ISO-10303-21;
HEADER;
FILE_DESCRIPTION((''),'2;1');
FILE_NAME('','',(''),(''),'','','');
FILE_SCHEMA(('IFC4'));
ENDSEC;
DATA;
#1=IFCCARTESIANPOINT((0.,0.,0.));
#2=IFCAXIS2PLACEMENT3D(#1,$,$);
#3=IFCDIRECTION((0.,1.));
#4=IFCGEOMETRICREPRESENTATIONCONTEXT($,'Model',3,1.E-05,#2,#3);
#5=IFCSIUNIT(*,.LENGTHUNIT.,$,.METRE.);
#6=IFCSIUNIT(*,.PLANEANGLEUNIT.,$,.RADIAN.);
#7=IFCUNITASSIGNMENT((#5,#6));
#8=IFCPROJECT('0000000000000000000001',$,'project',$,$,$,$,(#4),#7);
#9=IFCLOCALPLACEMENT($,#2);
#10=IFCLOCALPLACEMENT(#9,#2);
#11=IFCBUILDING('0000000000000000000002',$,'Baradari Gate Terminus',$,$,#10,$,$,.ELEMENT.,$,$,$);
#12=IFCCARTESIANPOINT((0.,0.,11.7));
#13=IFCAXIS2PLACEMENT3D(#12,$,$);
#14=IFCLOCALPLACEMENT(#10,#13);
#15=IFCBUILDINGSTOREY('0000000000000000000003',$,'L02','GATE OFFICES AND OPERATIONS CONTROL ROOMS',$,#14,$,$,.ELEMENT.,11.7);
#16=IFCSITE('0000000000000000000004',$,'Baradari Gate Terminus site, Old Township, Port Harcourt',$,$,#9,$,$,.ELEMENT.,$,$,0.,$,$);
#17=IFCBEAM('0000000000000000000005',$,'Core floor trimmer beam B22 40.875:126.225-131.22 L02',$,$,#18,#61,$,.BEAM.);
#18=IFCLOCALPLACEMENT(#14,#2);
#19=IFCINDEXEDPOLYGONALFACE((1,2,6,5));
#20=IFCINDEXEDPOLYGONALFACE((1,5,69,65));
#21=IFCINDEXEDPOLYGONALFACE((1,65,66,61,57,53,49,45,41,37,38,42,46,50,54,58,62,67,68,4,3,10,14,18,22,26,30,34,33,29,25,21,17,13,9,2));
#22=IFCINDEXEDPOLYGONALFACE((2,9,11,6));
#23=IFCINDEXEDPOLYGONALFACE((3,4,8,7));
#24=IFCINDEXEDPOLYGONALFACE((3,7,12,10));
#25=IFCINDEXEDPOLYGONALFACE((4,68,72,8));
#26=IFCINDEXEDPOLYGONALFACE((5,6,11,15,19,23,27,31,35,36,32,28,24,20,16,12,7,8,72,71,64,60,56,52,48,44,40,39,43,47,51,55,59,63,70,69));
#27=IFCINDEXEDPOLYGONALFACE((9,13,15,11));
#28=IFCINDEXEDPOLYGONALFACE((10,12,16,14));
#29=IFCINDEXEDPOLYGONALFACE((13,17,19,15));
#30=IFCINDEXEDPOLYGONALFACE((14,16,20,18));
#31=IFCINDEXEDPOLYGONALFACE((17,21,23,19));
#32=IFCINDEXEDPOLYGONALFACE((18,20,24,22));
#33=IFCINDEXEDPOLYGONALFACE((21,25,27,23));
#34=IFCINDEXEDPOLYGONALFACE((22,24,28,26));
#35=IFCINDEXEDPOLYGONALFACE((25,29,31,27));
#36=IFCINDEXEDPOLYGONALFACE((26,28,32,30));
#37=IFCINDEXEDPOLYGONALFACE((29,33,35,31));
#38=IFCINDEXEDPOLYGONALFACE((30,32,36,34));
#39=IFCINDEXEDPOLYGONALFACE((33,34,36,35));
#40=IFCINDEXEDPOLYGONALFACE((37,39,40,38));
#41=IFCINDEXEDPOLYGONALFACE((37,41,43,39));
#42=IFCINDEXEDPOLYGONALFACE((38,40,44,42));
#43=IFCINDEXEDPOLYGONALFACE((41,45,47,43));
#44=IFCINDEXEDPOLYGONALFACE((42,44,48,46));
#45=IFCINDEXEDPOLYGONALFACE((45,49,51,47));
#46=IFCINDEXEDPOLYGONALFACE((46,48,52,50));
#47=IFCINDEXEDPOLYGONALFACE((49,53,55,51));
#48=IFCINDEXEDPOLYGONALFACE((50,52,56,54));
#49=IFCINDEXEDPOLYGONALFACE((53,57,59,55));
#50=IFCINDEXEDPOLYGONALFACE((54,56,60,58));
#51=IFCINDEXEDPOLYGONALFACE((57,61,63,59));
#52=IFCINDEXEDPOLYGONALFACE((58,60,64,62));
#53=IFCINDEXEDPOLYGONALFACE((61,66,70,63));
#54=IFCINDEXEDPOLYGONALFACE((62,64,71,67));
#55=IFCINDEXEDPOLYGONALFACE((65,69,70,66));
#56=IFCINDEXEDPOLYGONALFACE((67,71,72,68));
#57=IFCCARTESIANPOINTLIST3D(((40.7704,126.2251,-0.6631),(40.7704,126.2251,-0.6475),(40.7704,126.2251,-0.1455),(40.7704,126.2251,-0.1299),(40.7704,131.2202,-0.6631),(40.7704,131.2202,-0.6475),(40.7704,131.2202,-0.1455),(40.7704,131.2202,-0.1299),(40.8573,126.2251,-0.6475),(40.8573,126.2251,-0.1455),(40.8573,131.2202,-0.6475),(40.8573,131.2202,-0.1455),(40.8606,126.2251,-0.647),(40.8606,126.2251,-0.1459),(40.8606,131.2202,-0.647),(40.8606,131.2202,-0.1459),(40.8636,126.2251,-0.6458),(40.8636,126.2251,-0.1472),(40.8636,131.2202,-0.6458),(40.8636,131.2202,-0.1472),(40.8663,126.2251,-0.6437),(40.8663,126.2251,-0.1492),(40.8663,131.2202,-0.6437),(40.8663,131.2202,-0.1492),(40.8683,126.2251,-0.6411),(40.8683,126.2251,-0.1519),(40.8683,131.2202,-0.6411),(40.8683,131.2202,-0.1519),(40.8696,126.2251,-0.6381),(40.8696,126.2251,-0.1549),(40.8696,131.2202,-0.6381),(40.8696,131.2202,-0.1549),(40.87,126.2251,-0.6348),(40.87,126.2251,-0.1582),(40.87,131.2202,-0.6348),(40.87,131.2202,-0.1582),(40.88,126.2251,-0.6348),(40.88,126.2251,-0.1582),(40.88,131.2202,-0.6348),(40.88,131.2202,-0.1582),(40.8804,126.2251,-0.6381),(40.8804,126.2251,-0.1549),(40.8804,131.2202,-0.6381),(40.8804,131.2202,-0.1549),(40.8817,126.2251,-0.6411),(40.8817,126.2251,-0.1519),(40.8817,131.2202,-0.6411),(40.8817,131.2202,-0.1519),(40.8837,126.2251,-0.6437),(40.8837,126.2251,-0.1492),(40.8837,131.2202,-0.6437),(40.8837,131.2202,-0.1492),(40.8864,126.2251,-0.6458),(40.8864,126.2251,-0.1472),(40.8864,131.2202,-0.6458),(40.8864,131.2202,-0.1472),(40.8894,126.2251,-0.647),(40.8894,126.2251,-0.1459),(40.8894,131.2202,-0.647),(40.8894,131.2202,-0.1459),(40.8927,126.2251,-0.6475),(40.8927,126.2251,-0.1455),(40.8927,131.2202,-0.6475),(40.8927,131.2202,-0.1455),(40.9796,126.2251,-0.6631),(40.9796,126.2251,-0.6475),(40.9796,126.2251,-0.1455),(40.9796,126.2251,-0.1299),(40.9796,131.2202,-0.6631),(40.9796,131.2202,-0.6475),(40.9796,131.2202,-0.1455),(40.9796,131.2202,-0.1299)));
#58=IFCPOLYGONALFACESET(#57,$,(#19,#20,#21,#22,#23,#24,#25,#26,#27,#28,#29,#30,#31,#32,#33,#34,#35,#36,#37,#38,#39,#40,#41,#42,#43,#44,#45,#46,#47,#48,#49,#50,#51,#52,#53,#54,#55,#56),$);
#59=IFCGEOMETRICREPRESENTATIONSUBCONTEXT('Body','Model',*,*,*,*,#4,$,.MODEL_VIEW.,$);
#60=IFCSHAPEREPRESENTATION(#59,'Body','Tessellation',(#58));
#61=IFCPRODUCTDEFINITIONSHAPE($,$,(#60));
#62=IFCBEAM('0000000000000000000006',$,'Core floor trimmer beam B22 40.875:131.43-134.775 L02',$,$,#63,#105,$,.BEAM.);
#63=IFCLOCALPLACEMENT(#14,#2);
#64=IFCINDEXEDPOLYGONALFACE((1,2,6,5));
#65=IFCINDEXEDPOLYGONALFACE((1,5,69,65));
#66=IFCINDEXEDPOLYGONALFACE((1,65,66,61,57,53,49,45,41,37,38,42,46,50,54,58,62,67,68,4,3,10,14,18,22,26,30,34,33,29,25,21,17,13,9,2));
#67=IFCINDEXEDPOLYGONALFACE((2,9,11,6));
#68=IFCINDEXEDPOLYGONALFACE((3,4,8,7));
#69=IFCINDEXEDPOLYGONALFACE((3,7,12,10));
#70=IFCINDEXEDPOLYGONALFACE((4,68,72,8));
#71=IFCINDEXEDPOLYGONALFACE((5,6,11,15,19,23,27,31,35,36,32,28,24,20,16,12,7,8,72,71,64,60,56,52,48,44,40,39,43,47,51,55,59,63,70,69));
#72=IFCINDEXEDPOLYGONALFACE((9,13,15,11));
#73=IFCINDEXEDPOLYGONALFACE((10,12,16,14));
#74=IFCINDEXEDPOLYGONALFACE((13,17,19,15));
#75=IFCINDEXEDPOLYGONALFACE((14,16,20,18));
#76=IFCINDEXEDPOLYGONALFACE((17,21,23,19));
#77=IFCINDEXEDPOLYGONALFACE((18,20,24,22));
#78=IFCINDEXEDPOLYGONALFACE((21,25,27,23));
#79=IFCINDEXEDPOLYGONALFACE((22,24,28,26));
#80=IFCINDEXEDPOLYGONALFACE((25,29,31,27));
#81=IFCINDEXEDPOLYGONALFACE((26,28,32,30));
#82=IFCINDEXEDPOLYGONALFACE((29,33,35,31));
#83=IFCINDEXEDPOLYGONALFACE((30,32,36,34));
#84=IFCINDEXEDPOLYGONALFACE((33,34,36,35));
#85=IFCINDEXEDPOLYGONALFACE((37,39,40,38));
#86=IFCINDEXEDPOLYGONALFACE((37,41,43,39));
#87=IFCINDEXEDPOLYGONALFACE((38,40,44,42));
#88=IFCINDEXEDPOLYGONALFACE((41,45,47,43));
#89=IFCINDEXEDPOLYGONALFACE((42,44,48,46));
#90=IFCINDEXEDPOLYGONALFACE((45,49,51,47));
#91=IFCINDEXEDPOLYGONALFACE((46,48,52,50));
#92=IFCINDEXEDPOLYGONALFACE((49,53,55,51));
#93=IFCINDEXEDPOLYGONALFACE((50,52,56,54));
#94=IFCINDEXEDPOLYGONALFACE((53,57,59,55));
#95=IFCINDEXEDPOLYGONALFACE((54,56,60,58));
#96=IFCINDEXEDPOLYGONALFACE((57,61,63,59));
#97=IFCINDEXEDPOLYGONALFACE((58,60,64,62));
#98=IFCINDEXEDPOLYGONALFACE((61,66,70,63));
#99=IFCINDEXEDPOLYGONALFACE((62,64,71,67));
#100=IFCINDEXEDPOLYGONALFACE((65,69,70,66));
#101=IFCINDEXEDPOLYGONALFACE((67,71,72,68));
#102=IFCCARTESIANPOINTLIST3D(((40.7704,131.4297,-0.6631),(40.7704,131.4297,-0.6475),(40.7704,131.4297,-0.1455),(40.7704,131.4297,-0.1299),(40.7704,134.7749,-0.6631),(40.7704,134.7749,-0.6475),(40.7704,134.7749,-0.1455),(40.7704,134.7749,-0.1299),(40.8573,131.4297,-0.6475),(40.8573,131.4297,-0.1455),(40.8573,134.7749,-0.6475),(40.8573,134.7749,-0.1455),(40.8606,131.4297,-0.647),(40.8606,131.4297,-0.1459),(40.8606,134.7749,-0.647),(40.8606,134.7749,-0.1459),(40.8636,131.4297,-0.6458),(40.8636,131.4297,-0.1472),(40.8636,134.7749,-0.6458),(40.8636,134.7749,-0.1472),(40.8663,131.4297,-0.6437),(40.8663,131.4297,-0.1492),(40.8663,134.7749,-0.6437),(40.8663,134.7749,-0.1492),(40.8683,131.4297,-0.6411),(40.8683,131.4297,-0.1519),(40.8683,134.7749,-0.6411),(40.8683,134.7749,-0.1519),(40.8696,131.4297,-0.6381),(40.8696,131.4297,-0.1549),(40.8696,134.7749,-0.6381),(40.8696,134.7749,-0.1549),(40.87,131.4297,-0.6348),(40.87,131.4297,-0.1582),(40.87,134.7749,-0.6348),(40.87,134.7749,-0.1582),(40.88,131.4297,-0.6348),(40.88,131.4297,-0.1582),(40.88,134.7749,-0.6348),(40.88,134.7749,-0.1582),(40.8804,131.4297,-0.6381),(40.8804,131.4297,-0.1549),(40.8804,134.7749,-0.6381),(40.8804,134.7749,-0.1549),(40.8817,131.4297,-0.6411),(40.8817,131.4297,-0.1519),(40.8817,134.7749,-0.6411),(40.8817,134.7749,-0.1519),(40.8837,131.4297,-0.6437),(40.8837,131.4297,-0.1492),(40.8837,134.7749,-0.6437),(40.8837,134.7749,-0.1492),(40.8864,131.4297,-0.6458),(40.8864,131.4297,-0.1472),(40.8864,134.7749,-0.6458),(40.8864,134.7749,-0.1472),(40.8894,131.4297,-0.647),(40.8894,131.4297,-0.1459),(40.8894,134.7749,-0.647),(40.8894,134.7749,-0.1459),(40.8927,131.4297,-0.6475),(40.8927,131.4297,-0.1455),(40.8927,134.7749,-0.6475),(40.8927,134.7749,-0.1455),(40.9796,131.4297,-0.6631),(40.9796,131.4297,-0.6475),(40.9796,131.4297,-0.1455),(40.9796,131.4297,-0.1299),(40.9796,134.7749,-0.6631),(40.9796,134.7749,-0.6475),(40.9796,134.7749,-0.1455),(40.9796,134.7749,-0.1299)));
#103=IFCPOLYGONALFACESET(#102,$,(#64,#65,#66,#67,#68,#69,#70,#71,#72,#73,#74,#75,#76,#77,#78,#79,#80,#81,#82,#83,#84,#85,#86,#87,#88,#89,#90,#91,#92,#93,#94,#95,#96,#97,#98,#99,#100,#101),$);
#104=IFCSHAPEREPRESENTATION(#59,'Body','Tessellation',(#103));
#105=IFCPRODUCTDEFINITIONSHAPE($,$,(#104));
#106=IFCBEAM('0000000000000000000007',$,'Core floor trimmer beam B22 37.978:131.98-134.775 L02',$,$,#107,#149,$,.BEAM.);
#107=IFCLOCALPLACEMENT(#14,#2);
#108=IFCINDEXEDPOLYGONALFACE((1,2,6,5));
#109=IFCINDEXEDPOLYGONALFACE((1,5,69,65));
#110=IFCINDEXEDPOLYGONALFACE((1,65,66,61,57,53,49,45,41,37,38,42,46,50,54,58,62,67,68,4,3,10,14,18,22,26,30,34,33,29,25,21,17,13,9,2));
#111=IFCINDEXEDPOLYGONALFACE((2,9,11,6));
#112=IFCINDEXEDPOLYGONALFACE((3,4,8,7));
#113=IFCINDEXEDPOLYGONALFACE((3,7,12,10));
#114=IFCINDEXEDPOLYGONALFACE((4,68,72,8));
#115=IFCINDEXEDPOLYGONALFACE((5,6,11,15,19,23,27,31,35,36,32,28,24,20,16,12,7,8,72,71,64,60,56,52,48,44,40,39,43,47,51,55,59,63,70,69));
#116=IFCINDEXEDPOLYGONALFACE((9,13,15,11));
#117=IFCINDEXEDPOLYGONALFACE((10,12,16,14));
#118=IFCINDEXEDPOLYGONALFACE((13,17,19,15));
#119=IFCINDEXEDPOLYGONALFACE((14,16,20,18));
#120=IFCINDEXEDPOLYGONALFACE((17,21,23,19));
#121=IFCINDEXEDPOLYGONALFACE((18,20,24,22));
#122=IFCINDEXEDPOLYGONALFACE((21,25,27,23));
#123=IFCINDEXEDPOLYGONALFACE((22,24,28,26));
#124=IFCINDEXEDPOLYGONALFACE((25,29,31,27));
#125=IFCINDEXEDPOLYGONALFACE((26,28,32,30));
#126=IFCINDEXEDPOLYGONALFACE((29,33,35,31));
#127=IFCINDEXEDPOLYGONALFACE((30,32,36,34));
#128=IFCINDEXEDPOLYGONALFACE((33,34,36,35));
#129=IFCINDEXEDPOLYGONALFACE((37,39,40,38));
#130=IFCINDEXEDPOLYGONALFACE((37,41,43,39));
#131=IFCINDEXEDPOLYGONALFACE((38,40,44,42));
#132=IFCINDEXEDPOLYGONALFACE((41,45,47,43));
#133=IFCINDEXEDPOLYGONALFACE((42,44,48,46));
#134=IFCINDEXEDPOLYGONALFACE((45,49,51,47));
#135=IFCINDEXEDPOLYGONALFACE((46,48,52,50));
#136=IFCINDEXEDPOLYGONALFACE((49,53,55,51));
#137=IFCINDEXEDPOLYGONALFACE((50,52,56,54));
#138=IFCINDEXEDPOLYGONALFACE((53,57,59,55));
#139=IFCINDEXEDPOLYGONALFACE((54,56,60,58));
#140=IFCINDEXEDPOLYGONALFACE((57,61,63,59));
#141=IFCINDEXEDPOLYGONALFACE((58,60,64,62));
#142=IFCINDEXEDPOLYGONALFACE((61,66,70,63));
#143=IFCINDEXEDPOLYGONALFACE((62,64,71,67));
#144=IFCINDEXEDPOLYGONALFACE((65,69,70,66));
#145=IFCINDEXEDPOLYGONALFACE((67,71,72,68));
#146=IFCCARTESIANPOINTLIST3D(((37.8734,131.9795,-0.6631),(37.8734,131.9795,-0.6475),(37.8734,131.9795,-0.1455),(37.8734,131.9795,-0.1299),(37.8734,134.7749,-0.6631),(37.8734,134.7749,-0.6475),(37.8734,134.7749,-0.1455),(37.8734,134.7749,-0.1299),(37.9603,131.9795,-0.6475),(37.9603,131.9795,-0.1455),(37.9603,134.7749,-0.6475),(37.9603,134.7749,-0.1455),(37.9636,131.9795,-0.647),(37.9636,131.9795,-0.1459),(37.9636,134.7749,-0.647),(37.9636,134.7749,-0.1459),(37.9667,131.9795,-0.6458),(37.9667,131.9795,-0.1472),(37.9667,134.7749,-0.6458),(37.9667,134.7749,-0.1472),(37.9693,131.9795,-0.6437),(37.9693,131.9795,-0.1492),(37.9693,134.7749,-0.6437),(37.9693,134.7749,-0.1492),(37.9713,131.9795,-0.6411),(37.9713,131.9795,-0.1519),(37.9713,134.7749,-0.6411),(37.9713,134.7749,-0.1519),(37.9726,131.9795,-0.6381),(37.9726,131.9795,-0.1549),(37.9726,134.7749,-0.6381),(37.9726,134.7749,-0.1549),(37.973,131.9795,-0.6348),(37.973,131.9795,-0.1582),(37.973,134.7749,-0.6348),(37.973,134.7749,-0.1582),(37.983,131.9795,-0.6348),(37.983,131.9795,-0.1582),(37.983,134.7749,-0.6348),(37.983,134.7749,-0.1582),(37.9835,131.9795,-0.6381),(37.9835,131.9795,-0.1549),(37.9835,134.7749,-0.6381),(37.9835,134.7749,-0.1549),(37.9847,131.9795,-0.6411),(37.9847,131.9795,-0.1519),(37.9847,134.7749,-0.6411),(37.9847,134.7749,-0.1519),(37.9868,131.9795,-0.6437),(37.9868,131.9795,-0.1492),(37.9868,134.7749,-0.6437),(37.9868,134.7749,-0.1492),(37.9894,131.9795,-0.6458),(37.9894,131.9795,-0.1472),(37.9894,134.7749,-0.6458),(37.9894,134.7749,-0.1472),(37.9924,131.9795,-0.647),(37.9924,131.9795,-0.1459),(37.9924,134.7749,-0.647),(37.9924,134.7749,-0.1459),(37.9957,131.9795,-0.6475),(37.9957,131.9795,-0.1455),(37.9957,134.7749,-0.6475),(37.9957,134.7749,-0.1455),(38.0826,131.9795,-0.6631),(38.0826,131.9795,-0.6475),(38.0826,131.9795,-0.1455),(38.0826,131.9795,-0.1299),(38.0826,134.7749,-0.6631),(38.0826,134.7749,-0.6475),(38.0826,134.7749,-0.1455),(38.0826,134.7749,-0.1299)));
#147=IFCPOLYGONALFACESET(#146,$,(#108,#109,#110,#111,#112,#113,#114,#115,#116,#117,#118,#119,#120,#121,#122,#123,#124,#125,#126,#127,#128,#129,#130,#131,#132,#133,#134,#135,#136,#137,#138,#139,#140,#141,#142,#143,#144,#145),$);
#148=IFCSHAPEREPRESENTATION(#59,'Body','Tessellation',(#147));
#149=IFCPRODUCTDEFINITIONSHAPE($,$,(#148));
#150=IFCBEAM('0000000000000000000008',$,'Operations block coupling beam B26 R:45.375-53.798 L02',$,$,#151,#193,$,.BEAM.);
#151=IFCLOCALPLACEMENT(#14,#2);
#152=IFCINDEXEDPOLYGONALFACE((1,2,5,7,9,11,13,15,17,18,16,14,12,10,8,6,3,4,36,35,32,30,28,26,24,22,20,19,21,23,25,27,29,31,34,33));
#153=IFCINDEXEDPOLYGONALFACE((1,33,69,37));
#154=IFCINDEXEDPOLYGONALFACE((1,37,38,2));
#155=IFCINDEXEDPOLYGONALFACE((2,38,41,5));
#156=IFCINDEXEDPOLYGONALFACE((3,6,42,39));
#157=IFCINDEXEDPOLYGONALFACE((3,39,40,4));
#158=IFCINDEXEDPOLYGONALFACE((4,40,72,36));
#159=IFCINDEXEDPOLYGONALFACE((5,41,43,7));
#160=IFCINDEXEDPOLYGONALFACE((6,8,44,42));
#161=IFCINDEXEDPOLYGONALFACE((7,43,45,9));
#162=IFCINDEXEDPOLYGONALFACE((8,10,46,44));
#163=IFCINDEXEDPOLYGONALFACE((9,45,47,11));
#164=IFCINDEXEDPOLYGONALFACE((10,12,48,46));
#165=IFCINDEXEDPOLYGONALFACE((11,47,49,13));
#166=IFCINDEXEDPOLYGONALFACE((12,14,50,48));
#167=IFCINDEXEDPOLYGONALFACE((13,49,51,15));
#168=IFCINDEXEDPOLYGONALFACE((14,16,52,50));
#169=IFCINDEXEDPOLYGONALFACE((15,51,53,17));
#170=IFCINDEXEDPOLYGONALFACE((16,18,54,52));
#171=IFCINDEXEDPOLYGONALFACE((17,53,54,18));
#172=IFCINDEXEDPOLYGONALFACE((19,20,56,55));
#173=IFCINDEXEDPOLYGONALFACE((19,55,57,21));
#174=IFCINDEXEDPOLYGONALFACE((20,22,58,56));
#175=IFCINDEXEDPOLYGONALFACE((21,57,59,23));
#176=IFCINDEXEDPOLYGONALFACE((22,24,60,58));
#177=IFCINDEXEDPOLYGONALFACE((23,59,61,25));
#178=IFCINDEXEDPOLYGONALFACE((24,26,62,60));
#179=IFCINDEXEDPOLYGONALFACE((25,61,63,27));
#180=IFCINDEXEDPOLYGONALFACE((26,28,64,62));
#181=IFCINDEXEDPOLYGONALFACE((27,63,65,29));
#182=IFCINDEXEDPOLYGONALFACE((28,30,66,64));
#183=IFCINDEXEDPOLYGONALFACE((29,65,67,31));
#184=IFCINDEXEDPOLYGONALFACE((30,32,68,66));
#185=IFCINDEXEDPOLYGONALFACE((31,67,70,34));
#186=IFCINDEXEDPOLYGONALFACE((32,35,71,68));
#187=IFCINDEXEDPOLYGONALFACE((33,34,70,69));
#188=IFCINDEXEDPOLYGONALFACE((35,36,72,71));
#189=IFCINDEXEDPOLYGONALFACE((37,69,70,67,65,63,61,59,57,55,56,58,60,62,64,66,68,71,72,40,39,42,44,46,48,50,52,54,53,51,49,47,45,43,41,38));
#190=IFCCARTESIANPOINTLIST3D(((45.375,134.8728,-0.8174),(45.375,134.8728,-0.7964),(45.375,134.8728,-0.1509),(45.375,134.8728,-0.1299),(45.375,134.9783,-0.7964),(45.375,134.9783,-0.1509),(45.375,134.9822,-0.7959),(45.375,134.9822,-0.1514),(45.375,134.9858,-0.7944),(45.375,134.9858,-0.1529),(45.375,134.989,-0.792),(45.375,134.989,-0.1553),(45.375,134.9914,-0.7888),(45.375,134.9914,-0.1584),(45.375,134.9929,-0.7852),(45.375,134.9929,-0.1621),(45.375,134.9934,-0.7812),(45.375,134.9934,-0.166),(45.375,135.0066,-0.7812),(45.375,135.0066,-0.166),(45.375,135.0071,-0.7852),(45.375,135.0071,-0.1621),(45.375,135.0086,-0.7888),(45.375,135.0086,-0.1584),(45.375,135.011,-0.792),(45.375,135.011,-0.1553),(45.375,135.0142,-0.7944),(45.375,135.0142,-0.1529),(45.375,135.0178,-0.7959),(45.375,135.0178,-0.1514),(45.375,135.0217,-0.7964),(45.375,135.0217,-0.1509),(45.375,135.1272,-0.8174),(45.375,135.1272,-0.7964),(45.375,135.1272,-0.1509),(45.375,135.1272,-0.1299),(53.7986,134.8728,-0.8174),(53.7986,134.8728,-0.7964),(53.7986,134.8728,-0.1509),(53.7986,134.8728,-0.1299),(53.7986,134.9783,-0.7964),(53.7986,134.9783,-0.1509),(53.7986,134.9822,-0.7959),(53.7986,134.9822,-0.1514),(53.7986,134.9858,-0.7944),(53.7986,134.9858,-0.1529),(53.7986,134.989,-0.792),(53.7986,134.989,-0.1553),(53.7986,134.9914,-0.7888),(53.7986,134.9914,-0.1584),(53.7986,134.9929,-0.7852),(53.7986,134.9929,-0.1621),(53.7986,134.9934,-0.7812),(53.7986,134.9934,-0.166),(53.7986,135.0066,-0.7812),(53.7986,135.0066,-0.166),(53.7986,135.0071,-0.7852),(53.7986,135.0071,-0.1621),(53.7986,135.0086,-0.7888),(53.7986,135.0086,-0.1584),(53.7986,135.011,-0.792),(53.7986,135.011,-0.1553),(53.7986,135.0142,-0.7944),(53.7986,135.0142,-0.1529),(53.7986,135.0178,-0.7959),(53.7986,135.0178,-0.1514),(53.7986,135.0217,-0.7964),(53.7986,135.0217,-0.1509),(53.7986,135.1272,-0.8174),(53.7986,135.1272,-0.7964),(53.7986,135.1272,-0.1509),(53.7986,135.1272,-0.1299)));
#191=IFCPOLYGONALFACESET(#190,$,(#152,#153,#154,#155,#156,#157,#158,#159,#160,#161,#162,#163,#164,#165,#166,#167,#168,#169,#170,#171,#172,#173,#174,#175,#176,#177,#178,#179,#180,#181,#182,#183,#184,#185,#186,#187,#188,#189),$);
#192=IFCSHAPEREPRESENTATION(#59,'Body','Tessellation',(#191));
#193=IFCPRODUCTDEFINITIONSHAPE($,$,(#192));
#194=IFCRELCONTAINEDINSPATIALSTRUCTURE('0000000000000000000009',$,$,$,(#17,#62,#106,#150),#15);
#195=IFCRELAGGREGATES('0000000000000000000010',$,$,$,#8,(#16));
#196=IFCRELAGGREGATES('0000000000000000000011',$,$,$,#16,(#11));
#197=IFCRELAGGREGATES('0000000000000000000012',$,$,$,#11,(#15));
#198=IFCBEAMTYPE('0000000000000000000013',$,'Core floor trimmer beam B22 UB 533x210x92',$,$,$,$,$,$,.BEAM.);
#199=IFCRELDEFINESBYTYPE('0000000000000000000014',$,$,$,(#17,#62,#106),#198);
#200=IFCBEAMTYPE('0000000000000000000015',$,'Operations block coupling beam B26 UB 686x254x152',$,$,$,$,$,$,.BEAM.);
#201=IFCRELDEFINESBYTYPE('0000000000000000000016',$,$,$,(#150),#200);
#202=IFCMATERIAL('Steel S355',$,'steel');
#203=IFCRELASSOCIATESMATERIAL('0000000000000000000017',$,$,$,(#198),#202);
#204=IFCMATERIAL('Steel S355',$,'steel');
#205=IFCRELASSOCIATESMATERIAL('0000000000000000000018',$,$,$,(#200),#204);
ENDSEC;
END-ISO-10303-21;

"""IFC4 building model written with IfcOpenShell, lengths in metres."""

from ifc_helpers import new_model, si_unit, direction, frame, origin, origin_2d, place, context, subcontext, project, spatial, i_section, extrude, material, material_profile, profile_set, type_object, element, save


model = new_model("IFC4")

# Units and contexts
model_context = context("Model", 3, precision=1e-05, world=origin(), true_north=direction((0.0, 1.0)))
body_context = subcontext(model_context, "Body", "Model", "MODEL_VIEW")
ifc_project = project(units=[si_unit("LENGTHUNIT", "METRE"), si_unit("PLANEANGLEUNIT", "RADIAN")], contexts=[model_context])

# Site, building, storey
site_placement = place(None, origin())
site = spatial("IfcSite", under=ifc_project, at=site_placement, Name="Baradari Gate Terminus site, Old Township, Port Harcourt", CompositionType="ELEMENT", RefElevation=0.0)
building_placement = place(site_placement, origin())
building = spatial("IfcBuilding", under=site, at=building_placement, Name="Baradari Gate Terminus", CompositionType="ELEMENT")
storey_placement = place(building_placement, frame((0.0, 0.0, 11.7)))
storey = spatial("IfcBuildingStorey", under=building, at=storey_placement, Name="L02", Description="GATE OFFICES AND OPERATIONS CONTROL ROOMS", CompositionType="ELEMENT", Elevation=11.7)

# Beams
ifc_material_1 = material(Name="Steel S355", Category="steel")
ifc_material_profile_1 = material_profile(ifc_material_1, i_section(OverallWidth=0.2092, OverallDepth=0.5332, WebThickness=0.01, FlangeThickness=0.0156, FilletRadius=0.0127, at=origin_2d()), Name="UB 533x210x92")
ifc_profile_set_1 = profile_set([ifc_material_profile_1], Name="Steel S355")
beam_type_1 = type_object("IfcBeamType", Name="Core floor trimmer beam B22 UB 533x210x92", PredefinedType="BEAM", material=ifc_profile_set_1)
beam_1_placement = place(storey_placement, frame((40.875, 126.2251, -0.3965), z_axis=(0.0, 1.0, 0.0), x_axis=(-1.0, 0.0, 0.0)))
element("IfcBeam", 1, at=beam_1_placement, inside=storey, type_object=beam_type_1, Name="Core floor trimmer beam B22 40.875:126.225-131.22 L02", PredefinedType="BEAM", context=body_context, shape_type="SweptSolid", body=[
    extrude(i_section(OverallWidth=0.2092, OverallDepth=0.5332, WebThickness=0.01, FlangeThickness=0.0156, FilletRadius=0.0127, at=origin_2d()), origin(), (0.0, 0.0, 1.0), 4.9951),
])
beam_2_placement = place(storey_placement, frame((40.875, 131.4297, -0.3965), z_axis=(0.0, 1.0, 0.0), x_axis=(-1.0, 0.0, 0.0)))
element("IfcBeam", 2, at=beam_2_placement, inside=storey, type_object=beam_type_1, Name="Core floor trimmer beam B22 40.875:131.43-134.775 L02", PredefinedType="BEAM", context=body_context, shape_type="SweptSolid", body=[
    extrude(i_section(OverallWidth=0.2092, OverallDepth=0.5332, WebThickness=0.01, FlangeThickness=0.0156, FilletRadius=0.0127, at=origin_2d()), origin(), (0.0, 0.0, 1.0), 3.3452),
])
beam_3_placement = place(storey_placement, frame((37.978, 131.9795, -0.3965), z_axis=(0.0, 1.0, 0.0), x_axis=(-1.0, 0.0, 0.0)))
element("IfcBeam", 3, at=beam_3_placement, inside=storey, type_object=beam_type_1, Name="Core floor trimmer beam B22 37.978:131.98-134.775 L02", PredefinedType="BEAM", context=body_context, shape_type="SweptSolid", body=[
    extrude(i_section(OverallWidth=0.2092, OverallDepth=0.5332, WebThickness=0.01, FlangeThickness=0.0156, FilletRadius=0.0127, at=origin_2d()), origin(), (0.0, 0.0, 1.0), 2.7954),
])
ifc_material_2 = material(Name="Steel S355", Category="steel")
ifc_material_profile_2 = material_profile(ifc_material_2, i_section(OverallWidth=0.2544, OverallDepth=0.6875, WebThickness=0.0132, FlangeThickness=0.021, FilletRadius=0.0151, at=origin_2d()), Name="UB 686x254x152")
ifc_profile_set_2 = profile_set([ifc_material_profile_2], Name="Steel S355")
beam_type_2 = type_object("IfcBeamType", Name="Operations block coupling beam B26 UB 686x254x152", PredefinedType="BEAM", material=ifc_profile_set_2)
beam_4_placement = place(storey_placement, frame((45.375, 135.0, -0.4736), z_axis=(1.0, 0.0, 0.0), x_axis=(0.0, 1.0, 0.0)))
element("IfcBeam", 4, at=beam_4_placement, inside=storey, type_object=beam_type_2, Name="Operations block coupling beam B26 R:45.375-53.798 L02", PredefinedType="BEAM", context=body_context, shape_type="SweptSolid", body=[
    extrude(i_section(OverallWidth=0.2544, OverallDepth=0.6875, WebThickness=0.0132, FlangeThickness=0.021, FilletRadius=0.0151, at=origin_2d()), origin(), (0.0, 0.0, 1.0), 8.4236),
])

save(model, "model.ifc")
